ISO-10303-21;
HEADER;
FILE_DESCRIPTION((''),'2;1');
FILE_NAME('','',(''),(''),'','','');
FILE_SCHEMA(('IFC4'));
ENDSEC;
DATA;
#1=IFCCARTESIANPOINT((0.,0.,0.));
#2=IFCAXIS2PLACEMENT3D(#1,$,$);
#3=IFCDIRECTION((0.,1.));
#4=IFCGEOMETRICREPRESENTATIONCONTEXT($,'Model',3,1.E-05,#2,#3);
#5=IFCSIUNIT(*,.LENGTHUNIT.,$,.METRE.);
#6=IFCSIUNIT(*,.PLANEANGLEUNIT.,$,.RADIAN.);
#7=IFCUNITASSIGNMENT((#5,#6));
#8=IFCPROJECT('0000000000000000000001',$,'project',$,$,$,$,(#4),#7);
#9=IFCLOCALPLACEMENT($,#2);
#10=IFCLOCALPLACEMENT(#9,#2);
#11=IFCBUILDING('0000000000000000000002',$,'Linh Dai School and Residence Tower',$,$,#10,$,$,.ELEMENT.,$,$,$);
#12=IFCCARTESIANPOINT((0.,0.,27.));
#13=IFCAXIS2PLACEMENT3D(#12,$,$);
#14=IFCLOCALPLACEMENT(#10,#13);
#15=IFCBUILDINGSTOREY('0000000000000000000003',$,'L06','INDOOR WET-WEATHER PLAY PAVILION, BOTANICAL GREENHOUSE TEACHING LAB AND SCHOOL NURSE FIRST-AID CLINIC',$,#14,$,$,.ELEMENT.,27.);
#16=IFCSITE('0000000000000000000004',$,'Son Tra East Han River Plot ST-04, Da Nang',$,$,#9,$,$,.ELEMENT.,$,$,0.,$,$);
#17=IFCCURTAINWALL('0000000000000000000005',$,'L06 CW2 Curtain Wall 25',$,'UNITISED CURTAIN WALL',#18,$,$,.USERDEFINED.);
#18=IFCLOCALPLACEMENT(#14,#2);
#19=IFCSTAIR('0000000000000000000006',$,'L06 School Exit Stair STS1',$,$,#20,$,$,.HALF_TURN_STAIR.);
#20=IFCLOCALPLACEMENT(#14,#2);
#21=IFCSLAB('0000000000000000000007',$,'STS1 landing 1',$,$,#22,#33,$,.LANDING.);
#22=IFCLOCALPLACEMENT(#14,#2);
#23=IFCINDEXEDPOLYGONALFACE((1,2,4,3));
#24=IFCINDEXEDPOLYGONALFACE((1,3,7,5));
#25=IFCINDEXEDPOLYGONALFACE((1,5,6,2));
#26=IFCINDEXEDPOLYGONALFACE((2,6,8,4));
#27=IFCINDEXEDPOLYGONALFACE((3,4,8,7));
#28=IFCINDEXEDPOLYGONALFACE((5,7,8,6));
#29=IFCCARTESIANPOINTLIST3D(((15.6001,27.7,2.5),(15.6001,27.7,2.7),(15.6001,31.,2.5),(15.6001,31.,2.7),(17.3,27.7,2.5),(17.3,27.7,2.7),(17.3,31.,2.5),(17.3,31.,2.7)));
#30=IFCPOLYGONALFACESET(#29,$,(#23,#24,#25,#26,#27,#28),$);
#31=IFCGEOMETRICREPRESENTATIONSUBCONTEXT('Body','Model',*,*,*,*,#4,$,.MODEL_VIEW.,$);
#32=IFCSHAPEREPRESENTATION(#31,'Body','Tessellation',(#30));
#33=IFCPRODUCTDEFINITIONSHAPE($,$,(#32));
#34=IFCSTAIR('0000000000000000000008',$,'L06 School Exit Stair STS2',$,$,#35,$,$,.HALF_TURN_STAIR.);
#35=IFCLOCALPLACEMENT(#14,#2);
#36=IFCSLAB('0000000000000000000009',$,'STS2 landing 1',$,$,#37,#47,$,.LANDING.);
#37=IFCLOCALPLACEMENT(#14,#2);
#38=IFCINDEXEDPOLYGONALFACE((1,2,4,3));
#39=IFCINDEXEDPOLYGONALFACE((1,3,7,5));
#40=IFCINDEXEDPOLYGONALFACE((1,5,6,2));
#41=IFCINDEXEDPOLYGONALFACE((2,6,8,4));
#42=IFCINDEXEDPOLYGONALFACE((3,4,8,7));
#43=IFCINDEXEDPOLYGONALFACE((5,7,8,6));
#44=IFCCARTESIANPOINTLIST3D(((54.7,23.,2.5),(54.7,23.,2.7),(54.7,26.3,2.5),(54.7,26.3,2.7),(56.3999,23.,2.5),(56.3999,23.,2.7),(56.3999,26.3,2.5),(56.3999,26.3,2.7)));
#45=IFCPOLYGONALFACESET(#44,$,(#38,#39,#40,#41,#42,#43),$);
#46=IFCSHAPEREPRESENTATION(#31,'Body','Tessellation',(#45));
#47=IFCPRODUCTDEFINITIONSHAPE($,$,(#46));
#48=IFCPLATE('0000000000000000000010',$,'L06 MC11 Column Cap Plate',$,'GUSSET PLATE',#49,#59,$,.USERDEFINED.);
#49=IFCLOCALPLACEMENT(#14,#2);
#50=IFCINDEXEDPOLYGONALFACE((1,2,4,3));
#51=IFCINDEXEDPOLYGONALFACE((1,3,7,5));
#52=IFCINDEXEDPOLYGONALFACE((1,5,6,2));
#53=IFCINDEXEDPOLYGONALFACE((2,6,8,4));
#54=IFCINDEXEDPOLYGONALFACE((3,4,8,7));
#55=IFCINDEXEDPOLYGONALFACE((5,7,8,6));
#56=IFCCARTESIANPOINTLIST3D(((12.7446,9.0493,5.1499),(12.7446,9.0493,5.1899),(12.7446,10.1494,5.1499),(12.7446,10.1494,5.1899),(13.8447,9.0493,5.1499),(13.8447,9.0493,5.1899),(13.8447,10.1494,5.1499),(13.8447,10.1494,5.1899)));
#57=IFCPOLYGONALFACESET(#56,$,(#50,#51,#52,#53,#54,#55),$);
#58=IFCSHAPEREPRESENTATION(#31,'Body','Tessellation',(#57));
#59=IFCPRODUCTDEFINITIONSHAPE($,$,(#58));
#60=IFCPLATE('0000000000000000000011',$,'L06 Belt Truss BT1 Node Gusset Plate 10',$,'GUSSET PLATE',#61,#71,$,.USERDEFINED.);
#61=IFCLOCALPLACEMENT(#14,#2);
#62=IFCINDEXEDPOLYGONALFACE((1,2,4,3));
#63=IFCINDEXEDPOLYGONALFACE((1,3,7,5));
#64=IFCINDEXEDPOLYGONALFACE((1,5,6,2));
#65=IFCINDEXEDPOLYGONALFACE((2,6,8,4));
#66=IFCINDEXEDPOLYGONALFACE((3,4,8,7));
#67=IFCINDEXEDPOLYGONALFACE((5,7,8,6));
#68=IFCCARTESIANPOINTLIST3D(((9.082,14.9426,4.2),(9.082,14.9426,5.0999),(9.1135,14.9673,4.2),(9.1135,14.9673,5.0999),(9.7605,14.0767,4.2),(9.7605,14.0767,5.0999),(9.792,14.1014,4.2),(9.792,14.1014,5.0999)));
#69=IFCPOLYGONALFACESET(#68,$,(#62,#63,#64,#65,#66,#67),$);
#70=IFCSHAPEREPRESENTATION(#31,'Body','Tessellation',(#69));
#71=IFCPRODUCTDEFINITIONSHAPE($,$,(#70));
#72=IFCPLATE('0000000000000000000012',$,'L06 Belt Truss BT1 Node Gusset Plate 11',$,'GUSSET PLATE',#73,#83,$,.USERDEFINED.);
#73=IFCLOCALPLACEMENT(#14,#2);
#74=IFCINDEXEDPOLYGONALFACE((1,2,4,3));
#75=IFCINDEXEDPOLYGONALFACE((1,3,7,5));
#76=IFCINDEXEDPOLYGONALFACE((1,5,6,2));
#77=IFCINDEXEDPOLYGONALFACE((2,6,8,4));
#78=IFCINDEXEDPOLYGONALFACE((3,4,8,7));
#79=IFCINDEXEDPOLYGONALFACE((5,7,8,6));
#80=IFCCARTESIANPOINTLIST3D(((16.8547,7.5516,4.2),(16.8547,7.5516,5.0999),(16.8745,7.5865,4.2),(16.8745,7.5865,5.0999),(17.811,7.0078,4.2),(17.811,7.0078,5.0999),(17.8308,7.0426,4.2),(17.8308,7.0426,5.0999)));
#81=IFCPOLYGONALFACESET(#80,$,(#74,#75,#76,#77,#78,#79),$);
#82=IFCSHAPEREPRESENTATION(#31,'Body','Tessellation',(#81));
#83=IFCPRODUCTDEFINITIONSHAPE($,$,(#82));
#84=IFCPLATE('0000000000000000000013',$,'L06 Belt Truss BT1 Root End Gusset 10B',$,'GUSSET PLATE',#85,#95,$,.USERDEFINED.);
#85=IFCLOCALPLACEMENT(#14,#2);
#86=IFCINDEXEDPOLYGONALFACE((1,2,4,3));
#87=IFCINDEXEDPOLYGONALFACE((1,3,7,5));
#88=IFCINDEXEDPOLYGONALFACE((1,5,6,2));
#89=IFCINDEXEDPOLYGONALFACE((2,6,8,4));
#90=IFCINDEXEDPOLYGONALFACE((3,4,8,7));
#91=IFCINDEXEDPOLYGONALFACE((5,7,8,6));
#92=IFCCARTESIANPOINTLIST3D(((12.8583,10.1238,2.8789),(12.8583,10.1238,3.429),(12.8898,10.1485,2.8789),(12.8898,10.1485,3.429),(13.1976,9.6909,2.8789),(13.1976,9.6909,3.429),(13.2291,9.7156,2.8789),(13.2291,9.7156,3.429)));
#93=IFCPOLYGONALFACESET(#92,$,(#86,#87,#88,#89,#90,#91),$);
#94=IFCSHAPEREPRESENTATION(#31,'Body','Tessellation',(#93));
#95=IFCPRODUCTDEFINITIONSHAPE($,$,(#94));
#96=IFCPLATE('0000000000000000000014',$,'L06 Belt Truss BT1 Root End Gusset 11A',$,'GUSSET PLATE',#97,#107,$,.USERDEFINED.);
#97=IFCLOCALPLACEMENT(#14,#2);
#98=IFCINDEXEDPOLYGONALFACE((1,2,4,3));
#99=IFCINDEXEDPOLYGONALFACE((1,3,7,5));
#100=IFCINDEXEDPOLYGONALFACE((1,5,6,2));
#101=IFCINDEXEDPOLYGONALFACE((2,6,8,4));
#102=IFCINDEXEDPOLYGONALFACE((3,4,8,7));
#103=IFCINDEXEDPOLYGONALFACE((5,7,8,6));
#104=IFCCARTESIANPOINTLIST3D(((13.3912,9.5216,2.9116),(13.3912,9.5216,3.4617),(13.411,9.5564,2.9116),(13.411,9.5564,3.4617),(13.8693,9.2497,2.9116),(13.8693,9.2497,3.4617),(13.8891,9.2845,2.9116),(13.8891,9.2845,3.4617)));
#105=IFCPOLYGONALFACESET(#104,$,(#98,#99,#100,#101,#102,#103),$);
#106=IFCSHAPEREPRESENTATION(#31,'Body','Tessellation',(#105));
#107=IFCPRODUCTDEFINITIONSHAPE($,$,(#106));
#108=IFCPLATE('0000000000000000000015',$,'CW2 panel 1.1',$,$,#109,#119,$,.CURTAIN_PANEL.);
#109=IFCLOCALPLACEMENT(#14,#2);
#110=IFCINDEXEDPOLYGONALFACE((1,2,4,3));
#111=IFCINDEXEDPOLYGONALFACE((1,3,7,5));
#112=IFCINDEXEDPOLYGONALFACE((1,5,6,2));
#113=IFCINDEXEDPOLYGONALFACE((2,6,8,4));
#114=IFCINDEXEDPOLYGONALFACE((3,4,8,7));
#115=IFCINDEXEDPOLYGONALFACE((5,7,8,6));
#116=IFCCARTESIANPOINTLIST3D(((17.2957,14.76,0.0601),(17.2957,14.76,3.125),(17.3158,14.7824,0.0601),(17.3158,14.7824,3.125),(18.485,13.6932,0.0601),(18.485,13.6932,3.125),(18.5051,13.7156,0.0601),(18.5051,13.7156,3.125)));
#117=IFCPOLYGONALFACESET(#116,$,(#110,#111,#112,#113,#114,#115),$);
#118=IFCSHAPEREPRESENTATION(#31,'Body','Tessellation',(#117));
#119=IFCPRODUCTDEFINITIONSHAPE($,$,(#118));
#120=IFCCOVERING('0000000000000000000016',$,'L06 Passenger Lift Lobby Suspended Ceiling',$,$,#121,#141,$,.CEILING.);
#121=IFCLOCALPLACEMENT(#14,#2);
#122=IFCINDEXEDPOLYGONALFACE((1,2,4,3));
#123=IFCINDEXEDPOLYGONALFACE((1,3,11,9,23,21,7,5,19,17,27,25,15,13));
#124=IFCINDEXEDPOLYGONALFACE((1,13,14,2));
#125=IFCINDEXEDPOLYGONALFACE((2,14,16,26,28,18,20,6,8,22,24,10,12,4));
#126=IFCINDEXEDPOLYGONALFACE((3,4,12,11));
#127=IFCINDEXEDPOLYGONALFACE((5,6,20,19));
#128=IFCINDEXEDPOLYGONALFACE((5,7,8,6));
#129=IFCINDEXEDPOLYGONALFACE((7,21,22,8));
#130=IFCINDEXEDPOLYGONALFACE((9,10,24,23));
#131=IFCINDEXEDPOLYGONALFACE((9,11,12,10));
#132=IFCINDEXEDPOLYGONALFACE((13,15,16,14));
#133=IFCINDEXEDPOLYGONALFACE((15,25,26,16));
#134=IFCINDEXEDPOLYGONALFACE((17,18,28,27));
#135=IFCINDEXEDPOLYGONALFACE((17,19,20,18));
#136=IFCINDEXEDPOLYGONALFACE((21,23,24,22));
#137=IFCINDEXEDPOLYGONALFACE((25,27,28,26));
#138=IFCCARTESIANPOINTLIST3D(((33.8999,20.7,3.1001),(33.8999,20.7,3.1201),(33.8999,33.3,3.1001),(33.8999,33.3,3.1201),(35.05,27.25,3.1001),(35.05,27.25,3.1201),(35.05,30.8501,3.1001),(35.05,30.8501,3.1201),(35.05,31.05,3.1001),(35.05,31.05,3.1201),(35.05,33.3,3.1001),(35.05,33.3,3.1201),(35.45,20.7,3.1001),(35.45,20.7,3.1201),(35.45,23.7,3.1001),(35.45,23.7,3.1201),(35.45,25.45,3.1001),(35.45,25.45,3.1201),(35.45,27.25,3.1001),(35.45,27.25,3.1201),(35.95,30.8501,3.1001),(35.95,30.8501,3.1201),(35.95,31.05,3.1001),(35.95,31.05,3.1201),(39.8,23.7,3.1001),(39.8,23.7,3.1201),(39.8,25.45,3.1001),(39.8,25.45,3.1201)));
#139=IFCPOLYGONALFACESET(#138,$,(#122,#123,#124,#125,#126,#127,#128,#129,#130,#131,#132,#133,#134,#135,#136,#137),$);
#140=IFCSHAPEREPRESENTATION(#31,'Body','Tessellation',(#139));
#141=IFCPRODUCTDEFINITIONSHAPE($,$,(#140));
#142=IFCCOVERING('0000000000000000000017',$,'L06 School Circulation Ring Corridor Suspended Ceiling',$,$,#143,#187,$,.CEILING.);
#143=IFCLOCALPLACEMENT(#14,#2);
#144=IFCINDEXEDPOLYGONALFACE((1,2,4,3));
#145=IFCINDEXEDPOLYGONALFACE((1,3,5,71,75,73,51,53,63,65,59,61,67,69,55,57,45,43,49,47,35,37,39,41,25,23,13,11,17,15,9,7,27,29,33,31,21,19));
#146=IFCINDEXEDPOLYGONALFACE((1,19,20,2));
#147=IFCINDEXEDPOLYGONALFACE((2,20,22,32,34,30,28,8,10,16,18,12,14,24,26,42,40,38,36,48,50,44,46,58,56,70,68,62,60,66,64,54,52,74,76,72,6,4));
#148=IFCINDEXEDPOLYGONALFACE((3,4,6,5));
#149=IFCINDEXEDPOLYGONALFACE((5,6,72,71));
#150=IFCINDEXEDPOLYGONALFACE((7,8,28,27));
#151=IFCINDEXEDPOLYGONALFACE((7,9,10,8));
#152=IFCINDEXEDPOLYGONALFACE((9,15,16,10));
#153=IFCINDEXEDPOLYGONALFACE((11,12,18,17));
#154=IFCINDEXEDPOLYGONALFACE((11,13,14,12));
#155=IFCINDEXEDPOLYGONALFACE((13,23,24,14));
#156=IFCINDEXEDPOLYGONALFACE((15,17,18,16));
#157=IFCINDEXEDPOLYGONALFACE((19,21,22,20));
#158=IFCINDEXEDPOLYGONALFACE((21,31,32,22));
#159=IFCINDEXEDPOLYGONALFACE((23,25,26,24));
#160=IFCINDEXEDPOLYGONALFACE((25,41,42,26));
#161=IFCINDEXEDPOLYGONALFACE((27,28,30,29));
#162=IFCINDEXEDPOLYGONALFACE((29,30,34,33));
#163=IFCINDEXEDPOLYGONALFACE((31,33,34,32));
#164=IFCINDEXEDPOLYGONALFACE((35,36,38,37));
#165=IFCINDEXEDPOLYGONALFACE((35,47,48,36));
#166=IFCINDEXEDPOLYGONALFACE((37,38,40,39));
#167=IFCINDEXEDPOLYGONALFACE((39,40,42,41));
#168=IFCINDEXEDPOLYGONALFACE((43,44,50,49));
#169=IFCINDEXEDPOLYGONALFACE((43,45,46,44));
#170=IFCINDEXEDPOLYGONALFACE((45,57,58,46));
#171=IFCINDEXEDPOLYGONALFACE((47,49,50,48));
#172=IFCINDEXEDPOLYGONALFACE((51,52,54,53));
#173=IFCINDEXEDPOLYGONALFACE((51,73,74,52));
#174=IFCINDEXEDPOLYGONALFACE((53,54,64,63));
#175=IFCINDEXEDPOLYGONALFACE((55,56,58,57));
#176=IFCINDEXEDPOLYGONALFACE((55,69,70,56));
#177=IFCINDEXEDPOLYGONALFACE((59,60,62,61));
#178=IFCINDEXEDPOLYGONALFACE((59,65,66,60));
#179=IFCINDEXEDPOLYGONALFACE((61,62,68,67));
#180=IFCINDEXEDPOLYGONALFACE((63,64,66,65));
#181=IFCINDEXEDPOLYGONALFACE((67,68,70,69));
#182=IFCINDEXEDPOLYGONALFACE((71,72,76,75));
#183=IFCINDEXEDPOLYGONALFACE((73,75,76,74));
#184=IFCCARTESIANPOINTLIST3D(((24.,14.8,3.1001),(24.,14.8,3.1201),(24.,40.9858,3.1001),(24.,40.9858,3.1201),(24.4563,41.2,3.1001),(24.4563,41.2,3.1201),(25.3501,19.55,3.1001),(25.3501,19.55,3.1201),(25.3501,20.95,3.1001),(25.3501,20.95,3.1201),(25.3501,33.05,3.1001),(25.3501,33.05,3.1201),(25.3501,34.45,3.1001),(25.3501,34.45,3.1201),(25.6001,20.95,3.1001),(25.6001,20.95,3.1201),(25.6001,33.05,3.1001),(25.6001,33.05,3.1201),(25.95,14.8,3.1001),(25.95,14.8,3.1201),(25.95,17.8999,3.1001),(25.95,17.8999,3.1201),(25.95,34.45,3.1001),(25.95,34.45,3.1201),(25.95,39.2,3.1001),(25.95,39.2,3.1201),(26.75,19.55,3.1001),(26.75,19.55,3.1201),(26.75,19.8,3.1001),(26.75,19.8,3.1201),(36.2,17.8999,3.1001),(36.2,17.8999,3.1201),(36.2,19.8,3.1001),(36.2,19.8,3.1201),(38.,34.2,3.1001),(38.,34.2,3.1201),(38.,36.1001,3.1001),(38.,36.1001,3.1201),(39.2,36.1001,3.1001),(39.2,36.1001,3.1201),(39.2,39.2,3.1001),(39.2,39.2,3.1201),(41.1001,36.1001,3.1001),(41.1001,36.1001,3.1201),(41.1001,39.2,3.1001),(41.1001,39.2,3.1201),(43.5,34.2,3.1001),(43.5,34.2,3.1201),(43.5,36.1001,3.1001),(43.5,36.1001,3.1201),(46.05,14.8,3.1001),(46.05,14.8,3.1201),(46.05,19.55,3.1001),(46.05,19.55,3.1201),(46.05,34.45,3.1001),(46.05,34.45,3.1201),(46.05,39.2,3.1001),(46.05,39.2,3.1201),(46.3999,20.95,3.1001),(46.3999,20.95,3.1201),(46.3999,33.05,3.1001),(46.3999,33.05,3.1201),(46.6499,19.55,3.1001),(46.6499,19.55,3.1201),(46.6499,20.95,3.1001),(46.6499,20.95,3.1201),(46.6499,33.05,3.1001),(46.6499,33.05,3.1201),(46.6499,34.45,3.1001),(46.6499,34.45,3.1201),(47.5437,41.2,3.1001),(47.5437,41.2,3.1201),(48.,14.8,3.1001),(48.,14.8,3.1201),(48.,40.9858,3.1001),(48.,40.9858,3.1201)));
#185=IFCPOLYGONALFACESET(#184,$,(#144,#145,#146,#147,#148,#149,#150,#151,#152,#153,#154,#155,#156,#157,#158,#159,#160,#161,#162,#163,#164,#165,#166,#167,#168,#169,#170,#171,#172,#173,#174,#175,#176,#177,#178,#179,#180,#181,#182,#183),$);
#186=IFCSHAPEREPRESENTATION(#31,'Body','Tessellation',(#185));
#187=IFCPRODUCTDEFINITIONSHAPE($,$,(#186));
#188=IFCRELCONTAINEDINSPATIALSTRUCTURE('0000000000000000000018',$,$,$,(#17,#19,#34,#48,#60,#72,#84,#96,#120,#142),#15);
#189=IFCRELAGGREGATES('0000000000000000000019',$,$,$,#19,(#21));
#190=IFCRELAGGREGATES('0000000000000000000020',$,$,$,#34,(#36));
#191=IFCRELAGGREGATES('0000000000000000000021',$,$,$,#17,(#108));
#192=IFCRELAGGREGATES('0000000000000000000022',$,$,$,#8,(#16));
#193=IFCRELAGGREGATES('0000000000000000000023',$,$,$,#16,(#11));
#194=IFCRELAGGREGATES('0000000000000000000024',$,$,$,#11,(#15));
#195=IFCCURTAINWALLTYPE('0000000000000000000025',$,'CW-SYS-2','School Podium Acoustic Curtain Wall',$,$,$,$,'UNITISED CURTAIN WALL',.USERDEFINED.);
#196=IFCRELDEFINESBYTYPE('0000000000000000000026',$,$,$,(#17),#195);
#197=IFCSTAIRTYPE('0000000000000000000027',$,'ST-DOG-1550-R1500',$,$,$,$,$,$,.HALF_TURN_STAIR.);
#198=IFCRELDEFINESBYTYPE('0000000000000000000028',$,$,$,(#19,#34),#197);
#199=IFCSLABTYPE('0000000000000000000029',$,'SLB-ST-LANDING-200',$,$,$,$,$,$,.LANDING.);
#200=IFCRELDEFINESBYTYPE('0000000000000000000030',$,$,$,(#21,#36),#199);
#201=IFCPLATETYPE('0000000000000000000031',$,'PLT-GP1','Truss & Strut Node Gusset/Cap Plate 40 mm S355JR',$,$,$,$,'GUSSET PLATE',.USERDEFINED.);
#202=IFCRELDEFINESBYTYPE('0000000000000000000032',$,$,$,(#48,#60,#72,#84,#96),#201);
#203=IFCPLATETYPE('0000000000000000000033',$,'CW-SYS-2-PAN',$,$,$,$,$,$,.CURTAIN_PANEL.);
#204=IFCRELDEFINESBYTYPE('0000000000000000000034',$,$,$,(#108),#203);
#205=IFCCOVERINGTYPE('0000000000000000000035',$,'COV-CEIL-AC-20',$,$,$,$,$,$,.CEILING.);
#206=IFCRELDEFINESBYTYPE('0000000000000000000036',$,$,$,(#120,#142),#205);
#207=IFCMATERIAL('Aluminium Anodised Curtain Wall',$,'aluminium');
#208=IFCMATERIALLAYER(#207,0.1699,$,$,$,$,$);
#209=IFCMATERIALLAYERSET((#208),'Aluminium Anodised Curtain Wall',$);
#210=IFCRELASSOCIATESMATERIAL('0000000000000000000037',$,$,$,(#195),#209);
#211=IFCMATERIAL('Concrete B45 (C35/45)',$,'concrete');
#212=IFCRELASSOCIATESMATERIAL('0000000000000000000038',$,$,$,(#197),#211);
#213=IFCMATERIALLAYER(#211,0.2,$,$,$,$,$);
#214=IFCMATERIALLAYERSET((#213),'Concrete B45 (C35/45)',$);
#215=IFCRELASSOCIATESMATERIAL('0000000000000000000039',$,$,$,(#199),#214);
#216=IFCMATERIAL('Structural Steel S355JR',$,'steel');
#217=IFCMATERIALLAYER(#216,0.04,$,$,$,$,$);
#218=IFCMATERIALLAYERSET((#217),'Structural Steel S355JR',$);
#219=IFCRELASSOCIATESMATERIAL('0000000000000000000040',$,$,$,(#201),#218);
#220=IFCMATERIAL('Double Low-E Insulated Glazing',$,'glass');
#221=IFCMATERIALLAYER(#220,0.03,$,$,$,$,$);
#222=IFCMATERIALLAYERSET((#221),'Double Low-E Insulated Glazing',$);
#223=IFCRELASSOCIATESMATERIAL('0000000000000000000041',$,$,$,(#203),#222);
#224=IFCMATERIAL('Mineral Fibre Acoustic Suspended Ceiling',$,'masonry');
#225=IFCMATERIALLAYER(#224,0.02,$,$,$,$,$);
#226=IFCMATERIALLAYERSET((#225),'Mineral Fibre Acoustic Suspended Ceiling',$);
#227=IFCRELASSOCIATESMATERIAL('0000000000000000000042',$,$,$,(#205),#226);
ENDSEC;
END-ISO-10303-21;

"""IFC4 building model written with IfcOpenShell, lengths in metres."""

from ifc_helpers import new_model, si_unit, direction, frame, origin, origin_2d, place, context, subcontext, project, spatial, polyline, rectangle, outline, extrude, source, transform, mapped, material, layer, layer_set, type_object, element, aggregate, save


model = new_model("IFC4")

# Units and contexts
model_context = context("Model", 3, precision=1e-05, world=origin(), true_north=direction((0.0, 1.0)))
body_context = subcontext(model_context, "Body", "Model", "MODEL_VIEW")
ifc_project = project(units=[si_unit("LENGTHUNIT", "METRE"), si_unit("PLANEANGLEUNIT", "RADIAN")], contexts=[model_context])

# Site, building, storey
site_placement = place(None, origin())
site = spatial("IfcSite", under=ifc_project, at=site_placement, Name="Son Tra East Han River Plot ST-04, Da Nang", CompositionType="ELEMENT", RefElevation=0.0)
building_placement = place(site_placement, origin())
building = spatial("IfcBuilding", under=site, at=building_placement, Name="Linh Dai School and Residence Tower", CompositionType="ELEMENT")
storey_placement = place(building_placement, frame((0.0, 0.0, 27.0)))
storey = spatial("IfcBuildingStorey", under=building, at=storey_placement, Name="L06", Description="INDOOR WET-WEATHER PLAY PAVILION, BOTANICAL GREENHOUSE TEACHING LAB AND SCHOOL NURSE FIRST-AID CLINIC", CompositionType="ELEMENT", Elevation=27.0)

# Shared definitions
ifc_material_1 = material(Name="Structural Steel S355JR", Category="steel")

# Curtain wall
ifc_material_2 = material(Name="Aluminium Anodised Curtain Wall", Category="aluminium")
ifc_layer_1 = layer(ifc_material_2, 0.1699)
ifc_layer_set_1 = layer_set([ifc_layer_1], Name="Aluminium Anodised Curtain Wall")
curtain_wall_type = type_object("IfcCurtainWallType", Name="CW-SYS-2", Description="School Podium Acoustic Curtain Wall", ElementType="UNITISED CURTAIN WALL", PredefinedType="USERDEFINED", material=ifc_layer_set_1)
curtain_wall_placement = place(storey_placement, origin())
curtain_wall = element("IfcCurtainWall", 1, at=curtain_wall_placement, inside=storey, type_object=curtain_wall_type, Name="L06 CW2 Curtain Wall 25", ObjectType="UNITISED CURTAIN WALL", PredefinedType="USERDEFINED")

# Shared definitions
ifc_material_3 = material(Name="Concrete B45 (C35/45)", Category="concrete")

# Stairs, slabs
stair_type = type_object("IfcStairType", Name="ST-DOG-1550-R1500", PredefinedType="HALF_TURN_STAIR", material=ifc_material_3)
ifc_layer_2 = layer(ifc_material_3, 0.2)
ifc_layer_set_2 = layer_set([ifc_layer_2], Name="Concrete B45 (C35/45)")
slab_type_1 = type_object("IfcSlabType", Name="SLB-ST-LANDING-200", PredefinedType="LANDING", material=ifc_layer_set_2)
stair_1_placement = place(storey_placement, origin())
stair_1 = element("IfcStair", 2, at=stair_1_placement, inside=storey, type_object=stair_type, Name="L06 School Exit Stair STS1", PredefinedType="HALF_TURN_STAIR")
slab_1_placement = place(storey_placement, frame((0.0, 0.0, 2.5)))
slab_1 = element("IfcSlab", 3, at=slab_1_placement, type_object=slab_type_1, Name="STS1 landing 1", PredefinedType="LANDING", context=body_context, shape_type="SweptSolid", body=[
    extrude(outline(polyline([(17.3, 31.0), (15.6001, 31.0), (15.6001, 27.7), (17.3, 27.7), (17.3, 31.0)])), origin(), (0.0, 0.0, 1.0), 0.2),
])
aggregate(stair_1, [slab_1])
stair_2_placement = place(storey_placement, origin())
stair_2 = element("IfcStair", 4, at=stair_2_placement, inside=storey, type_object=stair_type, Name="L06 School Exit Stair STS2", PredefinedType="HALF_TURN_STAIR")
slab_2_placement = place(storey_placement, frame((0.0, 0.0, 2.5)))
slab_2 = element("IfcSlab", 5, at=slab_2_placement, type_object=slab_type_1, Name="STS2 landing 1", PredefinedType="LANDING", context=body_context, shape_type="SweptSolid", body=[
    extrude(outline(polyline([(54.7, 23.0), (56.3999, 23.0), (56.3999, 26.3), (54.7, 26.3), (54.7, 23.0)])), origin(), (0.0, 0.0, 1.0), 0.2),
])
aggregate(stair_2, [slab_2])

# Plates
ifc_layer_3 = layer(ifc_material_1, 0.04)
ifc_layer_set_3 = layer_set([ifc_layer_3], Name="Structural Steel S355JR")
plate_type_1 = type_object("IfcPlateType", Name="PLT-GP1", Description="Truss & Strut Node Gusset/Cap Plate 40 mm S355JR", ElementType="GUSSET PLATE", PredefinedType="USERDEFINED", material=ifc_layer_set_3)
shared_shape_1 = source(origin(), body_context, "Body", "SweptSolid", [
    extrude(rectangle(XDim=1.1001, YDim=1.1001, at=origin_2d()), origin(), (0.0, 0.0, 1.0), 0.04),
])
plate_1_placement = place(storey_placement, frame((13.2947, 9.5994, 5.1499), z_axis=(0.0, 0.0, 1.0), x_axis=(1.0, 0.0, 0.0)))
element("IfcPlate", 6, at=plate_1_placement, inside=storey, type_object=plate_type_1, Name="L06 MC11 Column Cap Plate", ObjectType="GUSSET PLATE", PredefinedType="USERDEFINED", context=body_context, shape_type="MappedRepresentation", body=[
    mapped(shared_shape_1, transform((0.0, 0.0, 0.0), x_axis=(1.0, 0.0, 0.0), y_axis=(0.0, 1.0, 0.0), z_axis=(0.0, 0.0, 1.0), scale=1.0)),
])
shared_shape_2 = source(origin(), body_context, "Body", "SweptSolid", [
    extrude(rectangle(XDim=1.1001, YDim=0.04, at=origin_2d()), origin(), (0.0, 0.0, 1.0), 0.8999),
])
for number, where, z_axis, x_axis, name in (
    (7, (9.437, 14.522, 4.2), (0.0, 0.0, 1.0), (0.616819, -0.787105, 0.0), "L06 Belt Truss BT1 Node Gusset Plate 10"),
    (8, (17.3428, 7.2971, 4.2), (0.0, 0.0, 1.0), (0.869248, -0.494377, 0.0), "L06 Belt Truss BT1 Node Gusset Plate 11"),
):
    element("IfcPlate", number, at=place(storey_placement, frame(where, z_axis=z_axis, x_axis=x_axis)), inside=storey, type_object=plate_type_1, Name=name, ObjectType="GUSSET PLATE", PredefinedType="USERDEFINED", context=body_context, shape_type="MappedRepresentation", body=[
        mapped(shared_shape_2, transform((0.0, 0.0, 0.0), x_axis=(1.0, 0.0, 0.0), y_axis=(0.0, 1.0, 0.0), z_axis=(0.0, 0.0, 1.0), scale=1.0)),
    ])
shared_shape_3 = source(origin(), body_context, "Body", "SweptSolid", [
    extrude(rectangle(XDim=0.55, YDim=0.04, at=origin_2d()), origin(), (0.0, 0.0, 1.0), 0.55),
])
for number, where, z_axis, x_axis, name in (
    (9, (13.0437, 9.9197, 2.8789), (0.0, 0.0, 1.0), (0.616819, -0.787105, 0.0), "L06 Belt Truss BT1 Root End Gusset 10B"),
    (10, (13.6401, 9.4031, 2.9116), (0.0, 0.0, 1.0), (0.869248, -0.494377, 0.0), "L06 Belt Truss BT1 Root End Gusset 11A"),
):
    element("IfcPlate", number, at=place(storey_placement, frame(where, z_axis=z_axis, x_axis=x_axis)), inside=storey, type_object=plate_type_1, Name=name, ObjectType="GUSSET PLATE", PredefinedType="USERDEFINED", context=body_context, shape_type="MappedRepresentation", body=[
        mapped(shared_shape_3, transform((0.0, 0.0, 0.0), x_axis=(1.0, 0.0, 0.0), y_axis=(0.0, 1.0, 0.0), z_axis=(0.0, 0.0, 1.0), scale=1.0)),
    ])

# Plate
ifc_material_4 = material(Name="Double Low-E Insulated Glazing", Category="glass")
ifc_layer_4 = layer(ifc_material_4, 0.03)
ifc_layer_set_4 = layer_set([ifc_layer_4], Name="Double Low-E Insulated Glazing")
plate_type_2 = type_object("IfcPlateType", Name="CW-SYS-2-PAN", PredefinedType="CURTAIN_PANEL", material=ifc_layer_set_4)
shared_shape_4 = source(origin(), body_context, "Body", "SweptSolid", [
    extrude(rectangle(XDim=1.5977, YDim=0.03, at=origin_2d()), origin(), (0.0, 0.0, 1.0), 3.0649),
])
plate_2_placement = place(storey_placement, frame((17.9004, 14.2378, 0.0601), z_axis=(0.0, 0.0, 1.0), x_axis=(-0.744403, 0.667731, 0.0)))
plate_2 = element("IfcPlate", 11, at=plate_2_placement, type_object=plate_type_2, Name="CW2 panel 1.1", PredefinedType="CURTAIN_PANEL", context=body_context, shape_type="MappedRepresentation", body=[
    mapped(shared_shape_4, transform((0.0, 0.0, 0.0), x_axis=(1.0, 0.0, 0.0), y_axis=(0.0, 1.0, 0.0), z_axis=(0.0, 0.0, 1.0), scale=1.0)),
])
aggregate(curtain_wall, [plate_2])

# Coverings
ifc_material_5 = material(Name="Mineral Fibre Acoustic Suspended Ceiling", Category="masonry")
ifc_layer_5 = layer(ifc_material_5, 0.02)
ifc_layer_set_5 = layer_set([ifc_layer_5], Name="Mineral Fibre Acoustic Suspended Ceiling")
covering_type_1 = type_object("IfcCoveringType", Name="COV-CEIL-AC-20", PredefinedType="CEILING", material=ifc_layer_set_5)
covering_1_placement = place(storey_placement, frame((0.0, 0.0, 3.1001)))
element("IfcCovering", 12, at=covering_1_placement, inside=storey, type_object=covering_type_1, Name="L06 Passenger Lift Lobby Suspended Ceiling", PredefinedType="CEILING", context=body_context, shape_type="SweptSolid", body=[
    extrude(outline(polyline([(35.05, 33.3), (35.05, 31.05), (35.95, 31.05), (35.95, 30.8501), (35.05, 30.8501), (35.05, 27.25), (35.45, 27.25), (35.45, 25.45), (39.8, 25.45), (39.8, 23.7), (35.45, 23.7), (35.45, 20.7), (33.8999, 20.7), (33.8999, 33.3), (35.05, 33.3)])), origin(), (0.0, 0.0, 1.0), 0.02),
])
covering_2_placement = place(storey_placement, frame((0.0, 0.0, 3.1001)))
element("IfcCovering", 13, at=covering_2_placement, inside=storey, type_object=covering_type_1, Name="L06 School Circulation Ring Corridor Suspended Ceiling", PredefinedType="CEILING", context=body_context, shape_type="SweptSolid", body=[
    extrude(outline(polyline([(24.0, 40.9858), (24.4563, 41.2), (47.5437, 41.2), (48.0, 40.9858), (48.0, 14.8), (46.05, 14.8), (46.05, 19.55), (46.6499, 19.55), (46.6499, 20.95), (46.3999, 20.95), (46.3999, 33.05), (46.6499, 33.05), (46.6499, 34.45), (46.05, 34.45), (46.05, 39.2), (41.1001, 39.2), (41.1001, 36.1001), (43.5, 36.1001), (43.5, 34.2), (38.0, 34.2), (38.0, 36.1001), (39.2, 36.1001), (39.2, 39.2), (25.95, 39.2), (25.95, 34.45), (25.3501, 34.45), (25.3501, 33.05), (25.6001, 33.05), (25.6001, 20.95), (25.3501, 20.95), (25.3501, 19.55), (26.75, 19.55), (26.75, 19.8), (36.2, 19.8), (36.2, 17.8999), (25.95, 17.8999), (25.95, 14.8), (24.0, 14.8), (24.0, 40.9858)])), origin(), (0.0, 0.0, 1.0), 0.02),
])

save(model, "model.ifc")
